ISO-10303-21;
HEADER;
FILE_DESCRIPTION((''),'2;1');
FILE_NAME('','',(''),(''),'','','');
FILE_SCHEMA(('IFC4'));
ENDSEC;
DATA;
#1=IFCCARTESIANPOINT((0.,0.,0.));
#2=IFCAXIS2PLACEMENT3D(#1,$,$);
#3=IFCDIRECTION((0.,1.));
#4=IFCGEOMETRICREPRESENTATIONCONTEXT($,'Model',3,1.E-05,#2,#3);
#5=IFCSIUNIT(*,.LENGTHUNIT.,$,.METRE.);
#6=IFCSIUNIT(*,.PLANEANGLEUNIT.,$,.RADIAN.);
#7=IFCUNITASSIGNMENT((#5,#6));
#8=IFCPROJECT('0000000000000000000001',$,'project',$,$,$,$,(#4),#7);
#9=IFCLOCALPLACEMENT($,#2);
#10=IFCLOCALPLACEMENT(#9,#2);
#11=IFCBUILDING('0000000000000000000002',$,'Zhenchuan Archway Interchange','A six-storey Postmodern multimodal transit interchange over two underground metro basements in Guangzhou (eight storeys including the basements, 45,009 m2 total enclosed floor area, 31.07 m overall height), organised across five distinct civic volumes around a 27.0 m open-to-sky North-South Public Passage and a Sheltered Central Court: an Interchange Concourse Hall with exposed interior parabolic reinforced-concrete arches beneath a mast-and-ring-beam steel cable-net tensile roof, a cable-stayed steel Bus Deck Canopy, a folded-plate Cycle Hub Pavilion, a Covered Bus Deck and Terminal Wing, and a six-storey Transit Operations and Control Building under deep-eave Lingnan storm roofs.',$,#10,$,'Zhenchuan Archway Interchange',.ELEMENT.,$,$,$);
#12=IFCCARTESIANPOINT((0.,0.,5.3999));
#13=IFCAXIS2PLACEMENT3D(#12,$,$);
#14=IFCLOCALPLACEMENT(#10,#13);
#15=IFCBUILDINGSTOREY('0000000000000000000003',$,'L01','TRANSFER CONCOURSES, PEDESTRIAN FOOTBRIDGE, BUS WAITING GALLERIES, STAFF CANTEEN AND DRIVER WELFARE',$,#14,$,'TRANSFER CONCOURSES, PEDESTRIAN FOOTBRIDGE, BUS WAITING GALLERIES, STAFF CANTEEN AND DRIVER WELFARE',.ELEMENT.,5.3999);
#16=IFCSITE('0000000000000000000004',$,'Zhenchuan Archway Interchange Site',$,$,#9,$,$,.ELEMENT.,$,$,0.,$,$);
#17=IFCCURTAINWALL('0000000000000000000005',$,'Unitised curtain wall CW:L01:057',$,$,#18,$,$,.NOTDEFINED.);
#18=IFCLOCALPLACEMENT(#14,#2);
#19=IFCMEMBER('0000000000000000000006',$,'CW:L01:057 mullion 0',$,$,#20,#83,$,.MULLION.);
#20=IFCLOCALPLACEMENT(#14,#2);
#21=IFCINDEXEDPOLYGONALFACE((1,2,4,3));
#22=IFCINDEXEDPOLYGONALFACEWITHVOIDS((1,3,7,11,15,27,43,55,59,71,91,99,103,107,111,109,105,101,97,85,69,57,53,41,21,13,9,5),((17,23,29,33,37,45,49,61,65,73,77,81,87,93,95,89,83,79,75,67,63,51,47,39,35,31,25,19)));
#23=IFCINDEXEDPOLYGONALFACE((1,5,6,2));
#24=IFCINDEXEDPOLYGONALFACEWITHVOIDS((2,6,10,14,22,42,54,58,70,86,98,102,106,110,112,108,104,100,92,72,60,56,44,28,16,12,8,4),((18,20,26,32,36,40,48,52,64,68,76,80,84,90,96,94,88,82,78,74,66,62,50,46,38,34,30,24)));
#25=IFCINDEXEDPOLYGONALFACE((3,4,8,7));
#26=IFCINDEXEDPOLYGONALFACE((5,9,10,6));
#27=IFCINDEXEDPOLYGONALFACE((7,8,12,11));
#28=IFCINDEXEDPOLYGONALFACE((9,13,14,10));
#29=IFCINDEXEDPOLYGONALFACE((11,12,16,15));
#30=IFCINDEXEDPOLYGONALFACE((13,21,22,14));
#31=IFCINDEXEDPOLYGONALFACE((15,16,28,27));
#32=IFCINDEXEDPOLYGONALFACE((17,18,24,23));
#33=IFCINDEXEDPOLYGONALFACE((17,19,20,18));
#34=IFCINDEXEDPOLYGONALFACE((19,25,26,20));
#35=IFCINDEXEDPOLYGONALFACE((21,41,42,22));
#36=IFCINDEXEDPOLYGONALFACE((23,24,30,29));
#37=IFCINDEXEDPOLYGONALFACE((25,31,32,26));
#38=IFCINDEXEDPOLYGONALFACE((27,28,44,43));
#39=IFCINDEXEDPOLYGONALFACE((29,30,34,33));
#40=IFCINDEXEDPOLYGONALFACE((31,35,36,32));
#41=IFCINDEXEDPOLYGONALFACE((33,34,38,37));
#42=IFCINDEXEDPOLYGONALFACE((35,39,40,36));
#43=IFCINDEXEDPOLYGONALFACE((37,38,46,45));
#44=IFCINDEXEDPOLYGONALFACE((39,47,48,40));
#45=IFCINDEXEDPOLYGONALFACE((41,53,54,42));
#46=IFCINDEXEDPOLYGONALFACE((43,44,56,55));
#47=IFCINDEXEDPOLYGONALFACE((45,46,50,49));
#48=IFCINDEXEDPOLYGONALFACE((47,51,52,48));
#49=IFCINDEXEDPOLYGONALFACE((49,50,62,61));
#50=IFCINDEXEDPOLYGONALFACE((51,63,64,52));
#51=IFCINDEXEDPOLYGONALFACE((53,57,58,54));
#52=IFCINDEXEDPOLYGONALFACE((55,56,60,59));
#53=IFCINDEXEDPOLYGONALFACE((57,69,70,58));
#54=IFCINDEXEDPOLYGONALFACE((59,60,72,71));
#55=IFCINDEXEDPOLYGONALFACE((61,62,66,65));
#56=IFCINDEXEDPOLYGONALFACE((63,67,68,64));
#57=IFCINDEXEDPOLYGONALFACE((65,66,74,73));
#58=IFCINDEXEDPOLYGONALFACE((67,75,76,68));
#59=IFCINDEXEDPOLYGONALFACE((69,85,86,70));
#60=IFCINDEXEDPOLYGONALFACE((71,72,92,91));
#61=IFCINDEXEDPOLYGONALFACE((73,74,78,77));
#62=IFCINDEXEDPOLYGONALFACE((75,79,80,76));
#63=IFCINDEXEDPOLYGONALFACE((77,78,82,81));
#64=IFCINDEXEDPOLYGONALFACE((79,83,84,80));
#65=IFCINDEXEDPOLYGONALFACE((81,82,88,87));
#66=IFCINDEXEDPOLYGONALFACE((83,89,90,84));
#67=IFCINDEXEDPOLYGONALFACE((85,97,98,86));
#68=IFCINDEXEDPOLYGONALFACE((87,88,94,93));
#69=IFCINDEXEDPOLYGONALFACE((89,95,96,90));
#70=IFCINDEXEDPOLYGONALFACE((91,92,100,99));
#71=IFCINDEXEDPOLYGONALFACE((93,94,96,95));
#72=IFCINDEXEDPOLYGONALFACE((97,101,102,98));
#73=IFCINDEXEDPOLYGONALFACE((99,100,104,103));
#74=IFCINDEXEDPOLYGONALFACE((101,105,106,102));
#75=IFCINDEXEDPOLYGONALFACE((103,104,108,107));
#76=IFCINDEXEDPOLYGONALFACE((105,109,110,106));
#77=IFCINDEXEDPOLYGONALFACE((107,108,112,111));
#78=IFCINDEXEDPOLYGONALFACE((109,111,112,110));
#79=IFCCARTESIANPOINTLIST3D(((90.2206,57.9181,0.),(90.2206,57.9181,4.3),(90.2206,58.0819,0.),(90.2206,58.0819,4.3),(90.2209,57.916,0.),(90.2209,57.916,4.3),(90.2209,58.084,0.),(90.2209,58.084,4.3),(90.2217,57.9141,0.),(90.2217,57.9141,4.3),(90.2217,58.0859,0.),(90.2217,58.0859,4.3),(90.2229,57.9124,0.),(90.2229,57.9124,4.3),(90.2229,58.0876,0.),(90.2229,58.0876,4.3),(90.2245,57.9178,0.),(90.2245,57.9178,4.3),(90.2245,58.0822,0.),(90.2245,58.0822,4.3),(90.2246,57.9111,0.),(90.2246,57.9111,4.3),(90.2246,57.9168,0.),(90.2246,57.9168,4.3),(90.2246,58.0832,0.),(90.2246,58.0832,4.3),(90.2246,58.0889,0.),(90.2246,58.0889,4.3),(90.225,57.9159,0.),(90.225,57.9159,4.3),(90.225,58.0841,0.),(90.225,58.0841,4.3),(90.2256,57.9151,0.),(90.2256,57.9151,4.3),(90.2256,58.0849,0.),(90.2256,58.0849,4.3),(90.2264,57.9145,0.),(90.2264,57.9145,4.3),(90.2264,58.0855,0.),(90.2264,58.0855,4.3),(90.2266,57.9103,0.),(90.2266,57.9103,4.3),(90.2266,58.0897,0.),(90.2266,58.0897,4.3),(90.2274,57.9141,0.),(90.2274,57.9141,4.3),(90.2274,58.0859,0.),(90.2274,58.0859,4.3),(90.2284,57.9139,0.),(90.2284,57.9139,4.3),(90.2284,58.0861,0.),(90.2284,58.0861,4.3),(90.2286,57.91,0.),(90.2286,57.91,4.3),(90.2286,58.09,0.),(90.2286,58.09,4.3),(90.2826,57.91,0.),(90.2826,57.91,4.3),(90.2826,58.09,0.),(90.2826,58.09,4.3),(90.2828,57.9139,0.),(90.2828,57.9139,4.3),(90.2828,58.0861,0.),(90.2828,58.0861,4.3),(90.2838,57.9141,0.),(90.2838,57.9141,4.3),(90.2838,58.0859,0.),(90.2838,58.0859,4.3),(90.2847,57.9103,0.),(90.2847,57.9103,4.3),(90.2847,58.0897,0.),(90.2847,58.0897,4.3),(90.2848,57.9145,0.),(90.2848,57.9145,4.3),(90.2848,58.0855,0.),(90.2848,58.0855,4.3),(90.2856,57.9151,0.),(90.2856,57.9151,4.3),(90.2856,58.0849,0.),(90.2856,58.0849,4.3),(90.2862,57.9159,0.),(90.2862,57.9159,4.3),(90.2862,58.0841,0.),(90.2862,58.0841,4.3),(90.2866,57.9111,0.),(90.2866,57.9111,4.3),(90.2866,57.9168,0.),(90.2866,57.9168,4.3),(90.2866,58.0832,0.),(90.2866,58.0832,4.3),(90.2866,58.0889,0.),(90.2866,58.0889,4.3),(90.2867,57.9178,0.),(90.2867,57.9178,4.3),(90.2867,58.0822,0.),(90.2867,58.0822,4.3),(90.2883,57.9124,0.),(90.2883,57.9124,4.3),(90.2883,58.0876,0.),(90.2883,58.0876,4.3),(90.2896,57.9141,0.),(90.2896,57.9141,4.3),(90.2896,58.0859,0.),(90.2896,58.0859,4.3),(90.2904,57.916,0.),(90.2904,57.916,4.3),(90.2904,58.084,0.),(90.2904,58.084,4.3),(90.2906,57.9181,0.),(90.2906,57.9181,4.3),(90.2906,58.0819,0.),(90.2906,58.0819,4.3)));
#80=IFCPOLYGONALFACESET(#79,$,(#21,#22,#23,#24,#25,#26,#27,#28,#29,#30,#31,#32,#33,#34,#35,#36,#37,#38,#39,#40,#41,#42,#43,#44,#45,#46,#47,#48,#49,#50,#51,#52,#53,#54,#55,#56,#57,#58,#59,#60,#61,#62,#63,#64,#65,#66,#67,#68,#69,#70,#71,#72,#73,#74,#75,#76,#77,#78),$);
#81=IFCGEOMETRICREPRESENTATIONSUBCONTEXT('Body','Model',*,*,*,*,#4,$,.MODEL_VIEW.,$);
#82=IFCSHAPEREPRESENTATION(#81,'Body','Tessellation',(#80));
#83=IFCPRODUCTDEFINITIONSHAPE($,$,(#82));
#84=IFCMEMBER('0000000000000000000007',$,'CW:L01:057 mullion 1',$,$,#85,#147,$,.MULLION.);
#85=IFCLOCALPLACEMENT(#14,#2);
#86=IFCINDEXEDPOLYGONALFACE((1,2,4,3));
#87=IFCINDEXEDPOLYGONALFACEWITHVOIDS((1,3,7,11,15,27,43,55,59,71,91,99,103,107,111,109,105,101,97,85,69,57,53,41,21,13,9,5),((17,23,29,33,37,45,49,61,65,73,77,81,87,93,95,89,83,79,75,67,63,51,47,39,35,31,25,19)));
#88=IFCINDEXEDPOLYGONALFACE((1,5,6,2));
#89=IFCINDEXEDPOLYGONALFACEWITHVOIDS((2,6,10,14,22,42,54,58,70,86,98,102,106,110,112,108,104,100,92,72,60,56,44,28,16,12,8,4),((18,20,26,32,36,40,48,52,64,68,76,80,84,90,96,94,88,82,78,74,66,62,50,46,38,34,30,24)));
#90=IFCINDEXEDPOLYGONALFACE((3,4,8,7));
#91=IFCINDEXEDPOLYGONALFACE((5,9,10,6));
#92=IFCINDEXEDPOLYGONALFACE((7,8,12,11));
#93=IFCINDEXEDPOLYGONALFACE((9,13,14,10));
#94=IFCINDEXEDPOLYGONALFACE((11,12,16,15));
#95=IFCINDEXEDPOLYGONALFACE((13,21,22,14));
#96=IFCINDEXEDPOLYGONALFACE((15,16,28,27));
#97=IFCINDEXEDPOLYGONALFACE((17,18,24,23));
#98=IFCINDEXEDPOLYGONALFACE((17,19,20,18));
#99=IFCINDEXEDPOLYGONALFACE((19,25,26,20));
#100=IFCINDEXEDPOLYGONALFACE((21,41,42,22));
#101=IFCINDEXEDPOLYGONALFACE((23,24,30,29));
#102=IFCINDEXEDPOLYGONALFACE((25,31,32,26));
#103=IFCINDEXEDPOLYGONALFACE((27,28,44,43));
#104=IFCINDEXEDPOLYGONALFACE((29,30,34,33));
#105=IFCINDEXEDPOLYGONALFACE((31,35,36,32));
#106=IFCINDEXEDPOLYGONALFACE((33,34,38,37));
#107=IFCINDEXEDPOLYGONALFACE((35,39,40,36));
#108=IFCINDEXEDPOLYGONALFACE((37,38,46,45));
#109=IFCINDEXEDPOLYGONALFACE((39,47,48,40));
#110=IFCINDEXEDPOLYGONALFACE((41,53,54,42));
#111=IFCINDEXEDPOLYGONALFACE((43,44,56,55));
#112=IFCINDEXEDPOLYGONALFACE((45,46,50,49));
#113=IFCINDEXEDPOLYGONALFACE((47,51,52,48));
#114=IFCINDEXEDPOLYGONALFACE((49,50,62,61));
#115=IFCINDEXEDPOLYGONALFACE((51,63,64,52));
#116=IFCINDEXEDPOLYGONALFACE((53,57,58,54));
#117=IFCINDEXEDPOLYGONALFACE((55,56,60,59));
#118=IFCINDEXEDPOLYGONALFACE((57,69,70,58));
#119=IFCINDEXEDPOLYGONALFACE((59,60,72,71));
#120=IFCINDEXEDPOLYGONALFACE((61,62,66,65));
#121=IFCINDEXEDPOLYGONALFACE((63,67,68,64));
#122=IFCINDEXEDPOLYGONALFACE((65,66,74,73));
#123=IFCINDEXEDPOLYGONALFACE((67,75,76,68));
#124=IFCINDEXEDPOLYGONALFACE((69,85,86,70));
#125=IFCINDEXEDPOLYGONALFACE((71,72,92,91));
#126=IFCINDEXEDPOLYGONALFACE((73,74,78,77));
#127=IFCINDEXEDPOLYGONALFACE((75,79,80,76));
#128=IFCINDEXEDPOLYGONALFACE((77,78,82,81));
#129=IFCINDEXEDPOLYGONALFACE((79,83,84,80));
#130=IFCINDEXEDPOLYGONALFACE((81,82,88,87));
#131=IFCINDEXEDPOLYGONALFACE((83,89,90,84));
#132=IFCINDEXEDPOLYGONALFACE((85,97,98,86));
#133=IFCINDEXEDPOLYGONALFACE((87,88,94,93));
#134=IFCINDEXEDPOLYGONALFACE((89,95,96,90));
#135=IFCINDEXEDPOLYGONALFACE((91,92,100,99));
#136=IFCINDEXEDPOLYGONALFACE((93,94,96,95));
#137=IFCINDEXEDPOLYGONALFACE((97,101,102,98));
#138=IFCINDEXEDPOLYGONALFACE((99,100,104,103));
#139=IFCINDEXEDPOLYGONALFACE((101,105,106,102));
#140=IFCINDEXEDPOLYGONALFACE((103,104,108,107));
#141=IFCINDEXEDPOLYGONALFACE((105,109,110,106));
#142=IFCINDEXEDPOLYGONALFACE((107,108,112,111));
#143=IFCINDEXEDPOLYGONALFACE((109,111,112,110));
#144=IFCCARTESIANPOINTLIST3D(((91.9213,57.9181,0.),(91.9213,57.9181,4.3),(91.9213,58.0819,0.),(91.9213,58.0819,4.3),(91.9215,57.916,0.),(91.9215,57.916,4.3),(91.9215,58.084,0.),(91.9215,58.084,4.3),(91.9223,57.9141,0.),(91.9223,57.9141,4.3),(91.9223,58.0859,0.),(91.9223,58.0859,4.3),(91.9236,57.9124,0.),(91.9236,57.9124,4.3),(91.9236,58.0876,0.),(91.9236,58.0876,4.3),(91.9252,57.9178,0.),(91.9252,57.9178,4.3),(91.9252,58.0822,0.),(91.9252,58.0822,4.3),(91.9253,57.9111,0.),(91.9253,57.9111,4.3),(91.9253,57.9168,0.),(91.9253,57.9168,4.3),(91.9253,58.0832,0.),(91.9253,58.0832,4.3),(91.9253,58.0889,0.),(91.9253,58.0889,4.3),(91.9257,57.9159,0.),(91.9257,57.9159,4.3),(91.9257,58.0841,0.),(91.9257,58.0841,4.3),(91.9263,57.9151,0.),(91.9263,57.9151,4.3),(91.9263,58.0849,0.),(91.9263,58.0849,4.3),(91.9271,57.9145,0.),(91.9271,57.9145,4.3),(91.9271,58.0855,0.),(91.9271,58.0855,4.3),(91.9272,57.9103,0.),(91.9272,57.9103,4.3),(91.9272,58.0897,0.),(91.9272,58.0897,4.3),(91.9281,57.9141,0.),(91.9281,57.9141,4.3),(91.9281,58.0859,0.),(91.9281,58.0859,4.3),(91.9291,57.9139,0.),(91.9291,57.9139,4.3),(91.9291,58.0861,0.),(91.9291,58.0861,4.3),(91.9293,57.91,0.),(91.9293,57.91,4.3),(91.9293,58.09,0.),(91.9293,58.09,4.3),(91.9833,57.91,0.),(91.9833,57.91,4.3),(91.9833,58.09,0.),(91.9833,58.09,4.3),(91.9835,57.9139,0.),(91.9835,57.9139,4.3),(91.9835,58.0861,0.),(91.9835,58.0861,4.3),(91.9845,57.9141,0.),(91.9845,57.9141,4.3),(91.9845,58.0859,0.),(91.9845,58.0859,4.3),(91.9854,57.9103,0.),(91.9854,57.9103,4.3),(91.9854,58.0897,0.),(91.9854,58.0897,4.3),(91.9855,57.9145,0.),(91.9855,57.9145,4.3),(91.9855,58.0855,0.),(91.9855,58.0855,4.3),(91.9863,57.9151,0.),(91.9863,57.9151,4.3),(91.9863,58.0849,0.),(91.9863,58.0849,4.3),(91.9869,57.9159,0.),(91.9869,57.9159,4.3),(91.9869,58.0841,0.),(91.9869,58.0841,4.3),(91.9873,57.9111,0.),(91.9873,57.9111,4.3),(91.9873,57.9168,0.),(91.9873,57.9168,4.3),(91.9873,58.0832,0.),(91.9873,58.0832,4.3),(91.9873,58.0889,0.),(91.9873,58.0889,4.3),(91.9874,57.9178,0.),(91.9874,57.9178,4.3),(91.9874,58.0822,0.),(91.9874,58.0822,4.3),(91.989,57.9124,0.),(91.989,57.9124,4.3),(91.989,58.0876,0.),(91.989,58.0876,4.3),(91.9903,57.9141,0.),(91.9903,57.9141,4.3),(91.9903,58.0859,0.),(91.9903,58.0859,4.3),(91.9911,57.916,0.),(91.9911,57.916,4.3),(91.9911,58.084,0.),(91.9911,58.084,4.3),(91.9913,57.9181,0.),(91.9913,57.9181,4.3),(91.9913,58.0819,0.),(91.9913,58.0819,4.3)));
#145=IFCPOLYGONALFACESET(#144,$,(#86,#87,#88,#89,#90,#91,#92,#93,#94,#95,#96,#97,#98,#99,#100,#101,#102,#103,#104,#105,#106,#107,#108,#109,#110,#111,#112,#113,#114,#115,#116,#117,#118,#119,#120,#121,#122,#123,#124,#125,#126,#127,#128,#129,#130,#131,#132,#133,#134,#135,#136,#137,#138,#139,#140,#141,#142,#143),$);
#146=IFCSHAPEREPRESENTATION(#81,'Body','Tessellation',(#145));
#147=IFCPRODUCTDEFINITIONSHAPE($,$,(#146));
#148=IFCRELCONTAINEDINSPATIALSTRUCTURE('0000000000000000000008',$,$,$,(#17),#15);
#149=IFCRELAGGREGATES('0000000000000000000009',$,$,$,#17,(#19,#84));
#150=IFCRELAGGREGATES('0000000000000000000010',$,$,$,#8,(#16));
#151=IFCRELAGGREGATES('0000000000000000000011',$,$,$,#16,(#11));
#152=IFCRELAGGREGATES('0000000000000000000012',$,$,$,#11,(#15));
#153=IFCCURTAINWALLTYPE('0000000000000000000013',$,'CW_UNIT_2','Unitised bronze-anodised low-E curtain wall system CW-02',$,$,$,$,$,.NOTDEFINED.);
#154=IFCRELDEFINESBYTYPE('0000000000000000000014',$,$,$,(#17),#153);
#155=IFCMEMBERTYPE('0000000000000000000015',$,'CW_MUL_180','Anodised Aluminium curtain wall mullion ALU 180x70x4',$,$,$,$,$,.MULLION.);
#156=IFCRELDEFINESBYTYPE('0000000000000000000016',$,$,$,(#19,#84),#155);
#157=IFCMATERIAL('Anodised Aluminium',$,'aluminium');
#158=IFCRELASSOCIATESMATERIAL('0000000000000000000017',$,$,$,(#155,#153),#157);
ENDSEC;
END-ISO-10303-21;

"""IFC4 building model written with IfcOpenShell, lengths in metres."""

from ifc_helpers import new_model, si_unit, direction, frame, origin, origin_2d, place, context, subcontext, project, spatial, hollow_rectangle, extrude, material, material_profile, profile_set, type_object, element, aggregate, save


model = new_model("IFC4")

# Units and contexts
model_context = context("Model", 3, precision=1e-05, world=origin(), true_north=direction((0.0, 1.0)))
body_context = subcontext(model_context, "Body", "Model", "MODEL_VIEW")
ifc_project = project(units=[si_unit("LENGTHUNIT", "METRE"), si_unit("PLANEANGLEUNIT", "RADIAN")], contexts=[model_context])

# Site, building, storey
site_placement = place(None, origin())
site = spatial("IfcSite", under=ifc_project, at=site_placement, Name="Zhenchuan Archway Interchange Site", CompositionType="ELEMENT", RefElevation=0.0)
building_placement = place(site_placement, origin())
building = spatial("IfcBuilding", under=site, at=building_placement, Name="Zhenchuan Archway Interchange", Description="A six-storey Postmodern multimodal transit interchange over two underground metro basements in Guangzhou (eight storeys including the basements, 45,009 m2 total enclosed floor area, 31.07 m overall height), organised across five distinct civic volumes around a 27.0 m open-to-sky North-South Public Passage and a Sheltered Central Court: an Interchange Concourse Hall with exposed interior parabolic reinforced-concrete arches beneath a mast-and-ring-beam steel cable-net tensile roof, a cable-stayed steel Bus Deck Canopy, a folded-plate Cycle Hub Pavilion, a Covered Bus Deck and Terminal Wing, and a six-storey Transit Operations and Control Building under deep-eave Lingnan storm roofs.", LongName="Zhenchuan Archway Interchange", CompositionType="ELEMENT")
storey_placement = place(building_placement, frame((0.0, 0.0, 5.3999)))
storey = spatial("IfcBuildingStorey", under=building, at=storey_placement, Name="L01", Description="TRANSFER CONCOURSES, PEDESTRIAN FOOTBRIDGE, BUS WAITING GALLERIES, STAFF CANTEEN AND DRIVER WELFARE", LongName="TRANSFER CONCOURSES, PEDESTRIAN FOOTBRIDGE, BUS WAITING GALLERIES, STAFF CANTEEN AND DRIVER WELFARE", CompositionType="ELEMENT", Elevation=5.3999)

# Curtain wall, members
ifc_material_1 = material(Name="Anodised Aluminium", Category="aluminium")
ifc_material_profile_1 = material_profile(ifc_material_1, hollow_rectangle(XDim=0.0701, YDim=0.1799, WallThickness=0.0039, InnerFilletRadius=0.0039, OuterFilletRadius=0.0081, at=origin_2d()), Name="ALU 180x70x4")
ifc_profile_set_1 = profile_set([ifc_material_profile_1], Name="Anodised Aluminium")
member_type_1 = type_object("IfcMemberType", Name="CW_MUL_180", Description="Anodised Aluminium curtain wall mullion ALU 180x70x4", PredefinedType="MULLION", material=ifc_profile_set_1)
curtain_wall_type_1 = type_object("IfcCurtainWallType", Name="CW_UNIT_2", Description="Unitised bronze-anodised low-E curtain wall system CW-02", PredefinedType="NOTDEFINED", material=ifc_material_1)
curtain_wall_1_placement = place(storey_placement, origin())
curtain_wall_1 = element("IfcCurtainWall", 1, at=curtain_wall_1_placement, inside=storey, type_object=curtain_wall_type_1, Name="Unitised curtain wall CW:L01:057", PredefinedType="NOTDEFINED")
member_1_placement = place(storey_placement, frame((90.2556, 58.0, 0.0), z_axis=(0.0, 0.0, 1.0), x_axis=(1.0, 0.0, 0.0)))
member_1 = element("IfcMember", 2, at=member_1_placement, type_object=member_type_1, Name="CW:L01:057 mullion 0", PredefinedType="MULLION", context=body_context, shape_type="SweptSolid", body=[
    extrude(hollow_rectangle(XDim=0.0701, YDim=0.1799, WallThickness=0.0039, InnerFilletRadius=0.0039, OuterFilletRadius=0.0081, at=origin_2d()), origin(), (0.0, 0.0, 1.0), 4.3),
])
member_2_placement = place(storey_placement, frame((91.9563, 58.0, 0.0), z_axis=(0.0, 0.0, 1.0), x_axis=(1.0, 0.0, 0.0)))
member_2 = element("IfcMember", 3, at=member_2_placement, type_object=member_type_1, Name="CW:L01:057 mullion 1", PredefinedType="MULLION", context=body_context, shape_type="SweptSolid", body=[
    extrude(hollow_rectangle(XDim=0.0701, YDim=0.1799, WallThickness=0.0039, InnerFilletRadius=0.0039, OuterFilletRadius=0.0081, at=origin_2d()), origin(), (0.0, 0.0, 1.0), 4.3),
])

aggregate(curtain_wall_1, [member_1, member_2])

save(model, "model.ifc")
